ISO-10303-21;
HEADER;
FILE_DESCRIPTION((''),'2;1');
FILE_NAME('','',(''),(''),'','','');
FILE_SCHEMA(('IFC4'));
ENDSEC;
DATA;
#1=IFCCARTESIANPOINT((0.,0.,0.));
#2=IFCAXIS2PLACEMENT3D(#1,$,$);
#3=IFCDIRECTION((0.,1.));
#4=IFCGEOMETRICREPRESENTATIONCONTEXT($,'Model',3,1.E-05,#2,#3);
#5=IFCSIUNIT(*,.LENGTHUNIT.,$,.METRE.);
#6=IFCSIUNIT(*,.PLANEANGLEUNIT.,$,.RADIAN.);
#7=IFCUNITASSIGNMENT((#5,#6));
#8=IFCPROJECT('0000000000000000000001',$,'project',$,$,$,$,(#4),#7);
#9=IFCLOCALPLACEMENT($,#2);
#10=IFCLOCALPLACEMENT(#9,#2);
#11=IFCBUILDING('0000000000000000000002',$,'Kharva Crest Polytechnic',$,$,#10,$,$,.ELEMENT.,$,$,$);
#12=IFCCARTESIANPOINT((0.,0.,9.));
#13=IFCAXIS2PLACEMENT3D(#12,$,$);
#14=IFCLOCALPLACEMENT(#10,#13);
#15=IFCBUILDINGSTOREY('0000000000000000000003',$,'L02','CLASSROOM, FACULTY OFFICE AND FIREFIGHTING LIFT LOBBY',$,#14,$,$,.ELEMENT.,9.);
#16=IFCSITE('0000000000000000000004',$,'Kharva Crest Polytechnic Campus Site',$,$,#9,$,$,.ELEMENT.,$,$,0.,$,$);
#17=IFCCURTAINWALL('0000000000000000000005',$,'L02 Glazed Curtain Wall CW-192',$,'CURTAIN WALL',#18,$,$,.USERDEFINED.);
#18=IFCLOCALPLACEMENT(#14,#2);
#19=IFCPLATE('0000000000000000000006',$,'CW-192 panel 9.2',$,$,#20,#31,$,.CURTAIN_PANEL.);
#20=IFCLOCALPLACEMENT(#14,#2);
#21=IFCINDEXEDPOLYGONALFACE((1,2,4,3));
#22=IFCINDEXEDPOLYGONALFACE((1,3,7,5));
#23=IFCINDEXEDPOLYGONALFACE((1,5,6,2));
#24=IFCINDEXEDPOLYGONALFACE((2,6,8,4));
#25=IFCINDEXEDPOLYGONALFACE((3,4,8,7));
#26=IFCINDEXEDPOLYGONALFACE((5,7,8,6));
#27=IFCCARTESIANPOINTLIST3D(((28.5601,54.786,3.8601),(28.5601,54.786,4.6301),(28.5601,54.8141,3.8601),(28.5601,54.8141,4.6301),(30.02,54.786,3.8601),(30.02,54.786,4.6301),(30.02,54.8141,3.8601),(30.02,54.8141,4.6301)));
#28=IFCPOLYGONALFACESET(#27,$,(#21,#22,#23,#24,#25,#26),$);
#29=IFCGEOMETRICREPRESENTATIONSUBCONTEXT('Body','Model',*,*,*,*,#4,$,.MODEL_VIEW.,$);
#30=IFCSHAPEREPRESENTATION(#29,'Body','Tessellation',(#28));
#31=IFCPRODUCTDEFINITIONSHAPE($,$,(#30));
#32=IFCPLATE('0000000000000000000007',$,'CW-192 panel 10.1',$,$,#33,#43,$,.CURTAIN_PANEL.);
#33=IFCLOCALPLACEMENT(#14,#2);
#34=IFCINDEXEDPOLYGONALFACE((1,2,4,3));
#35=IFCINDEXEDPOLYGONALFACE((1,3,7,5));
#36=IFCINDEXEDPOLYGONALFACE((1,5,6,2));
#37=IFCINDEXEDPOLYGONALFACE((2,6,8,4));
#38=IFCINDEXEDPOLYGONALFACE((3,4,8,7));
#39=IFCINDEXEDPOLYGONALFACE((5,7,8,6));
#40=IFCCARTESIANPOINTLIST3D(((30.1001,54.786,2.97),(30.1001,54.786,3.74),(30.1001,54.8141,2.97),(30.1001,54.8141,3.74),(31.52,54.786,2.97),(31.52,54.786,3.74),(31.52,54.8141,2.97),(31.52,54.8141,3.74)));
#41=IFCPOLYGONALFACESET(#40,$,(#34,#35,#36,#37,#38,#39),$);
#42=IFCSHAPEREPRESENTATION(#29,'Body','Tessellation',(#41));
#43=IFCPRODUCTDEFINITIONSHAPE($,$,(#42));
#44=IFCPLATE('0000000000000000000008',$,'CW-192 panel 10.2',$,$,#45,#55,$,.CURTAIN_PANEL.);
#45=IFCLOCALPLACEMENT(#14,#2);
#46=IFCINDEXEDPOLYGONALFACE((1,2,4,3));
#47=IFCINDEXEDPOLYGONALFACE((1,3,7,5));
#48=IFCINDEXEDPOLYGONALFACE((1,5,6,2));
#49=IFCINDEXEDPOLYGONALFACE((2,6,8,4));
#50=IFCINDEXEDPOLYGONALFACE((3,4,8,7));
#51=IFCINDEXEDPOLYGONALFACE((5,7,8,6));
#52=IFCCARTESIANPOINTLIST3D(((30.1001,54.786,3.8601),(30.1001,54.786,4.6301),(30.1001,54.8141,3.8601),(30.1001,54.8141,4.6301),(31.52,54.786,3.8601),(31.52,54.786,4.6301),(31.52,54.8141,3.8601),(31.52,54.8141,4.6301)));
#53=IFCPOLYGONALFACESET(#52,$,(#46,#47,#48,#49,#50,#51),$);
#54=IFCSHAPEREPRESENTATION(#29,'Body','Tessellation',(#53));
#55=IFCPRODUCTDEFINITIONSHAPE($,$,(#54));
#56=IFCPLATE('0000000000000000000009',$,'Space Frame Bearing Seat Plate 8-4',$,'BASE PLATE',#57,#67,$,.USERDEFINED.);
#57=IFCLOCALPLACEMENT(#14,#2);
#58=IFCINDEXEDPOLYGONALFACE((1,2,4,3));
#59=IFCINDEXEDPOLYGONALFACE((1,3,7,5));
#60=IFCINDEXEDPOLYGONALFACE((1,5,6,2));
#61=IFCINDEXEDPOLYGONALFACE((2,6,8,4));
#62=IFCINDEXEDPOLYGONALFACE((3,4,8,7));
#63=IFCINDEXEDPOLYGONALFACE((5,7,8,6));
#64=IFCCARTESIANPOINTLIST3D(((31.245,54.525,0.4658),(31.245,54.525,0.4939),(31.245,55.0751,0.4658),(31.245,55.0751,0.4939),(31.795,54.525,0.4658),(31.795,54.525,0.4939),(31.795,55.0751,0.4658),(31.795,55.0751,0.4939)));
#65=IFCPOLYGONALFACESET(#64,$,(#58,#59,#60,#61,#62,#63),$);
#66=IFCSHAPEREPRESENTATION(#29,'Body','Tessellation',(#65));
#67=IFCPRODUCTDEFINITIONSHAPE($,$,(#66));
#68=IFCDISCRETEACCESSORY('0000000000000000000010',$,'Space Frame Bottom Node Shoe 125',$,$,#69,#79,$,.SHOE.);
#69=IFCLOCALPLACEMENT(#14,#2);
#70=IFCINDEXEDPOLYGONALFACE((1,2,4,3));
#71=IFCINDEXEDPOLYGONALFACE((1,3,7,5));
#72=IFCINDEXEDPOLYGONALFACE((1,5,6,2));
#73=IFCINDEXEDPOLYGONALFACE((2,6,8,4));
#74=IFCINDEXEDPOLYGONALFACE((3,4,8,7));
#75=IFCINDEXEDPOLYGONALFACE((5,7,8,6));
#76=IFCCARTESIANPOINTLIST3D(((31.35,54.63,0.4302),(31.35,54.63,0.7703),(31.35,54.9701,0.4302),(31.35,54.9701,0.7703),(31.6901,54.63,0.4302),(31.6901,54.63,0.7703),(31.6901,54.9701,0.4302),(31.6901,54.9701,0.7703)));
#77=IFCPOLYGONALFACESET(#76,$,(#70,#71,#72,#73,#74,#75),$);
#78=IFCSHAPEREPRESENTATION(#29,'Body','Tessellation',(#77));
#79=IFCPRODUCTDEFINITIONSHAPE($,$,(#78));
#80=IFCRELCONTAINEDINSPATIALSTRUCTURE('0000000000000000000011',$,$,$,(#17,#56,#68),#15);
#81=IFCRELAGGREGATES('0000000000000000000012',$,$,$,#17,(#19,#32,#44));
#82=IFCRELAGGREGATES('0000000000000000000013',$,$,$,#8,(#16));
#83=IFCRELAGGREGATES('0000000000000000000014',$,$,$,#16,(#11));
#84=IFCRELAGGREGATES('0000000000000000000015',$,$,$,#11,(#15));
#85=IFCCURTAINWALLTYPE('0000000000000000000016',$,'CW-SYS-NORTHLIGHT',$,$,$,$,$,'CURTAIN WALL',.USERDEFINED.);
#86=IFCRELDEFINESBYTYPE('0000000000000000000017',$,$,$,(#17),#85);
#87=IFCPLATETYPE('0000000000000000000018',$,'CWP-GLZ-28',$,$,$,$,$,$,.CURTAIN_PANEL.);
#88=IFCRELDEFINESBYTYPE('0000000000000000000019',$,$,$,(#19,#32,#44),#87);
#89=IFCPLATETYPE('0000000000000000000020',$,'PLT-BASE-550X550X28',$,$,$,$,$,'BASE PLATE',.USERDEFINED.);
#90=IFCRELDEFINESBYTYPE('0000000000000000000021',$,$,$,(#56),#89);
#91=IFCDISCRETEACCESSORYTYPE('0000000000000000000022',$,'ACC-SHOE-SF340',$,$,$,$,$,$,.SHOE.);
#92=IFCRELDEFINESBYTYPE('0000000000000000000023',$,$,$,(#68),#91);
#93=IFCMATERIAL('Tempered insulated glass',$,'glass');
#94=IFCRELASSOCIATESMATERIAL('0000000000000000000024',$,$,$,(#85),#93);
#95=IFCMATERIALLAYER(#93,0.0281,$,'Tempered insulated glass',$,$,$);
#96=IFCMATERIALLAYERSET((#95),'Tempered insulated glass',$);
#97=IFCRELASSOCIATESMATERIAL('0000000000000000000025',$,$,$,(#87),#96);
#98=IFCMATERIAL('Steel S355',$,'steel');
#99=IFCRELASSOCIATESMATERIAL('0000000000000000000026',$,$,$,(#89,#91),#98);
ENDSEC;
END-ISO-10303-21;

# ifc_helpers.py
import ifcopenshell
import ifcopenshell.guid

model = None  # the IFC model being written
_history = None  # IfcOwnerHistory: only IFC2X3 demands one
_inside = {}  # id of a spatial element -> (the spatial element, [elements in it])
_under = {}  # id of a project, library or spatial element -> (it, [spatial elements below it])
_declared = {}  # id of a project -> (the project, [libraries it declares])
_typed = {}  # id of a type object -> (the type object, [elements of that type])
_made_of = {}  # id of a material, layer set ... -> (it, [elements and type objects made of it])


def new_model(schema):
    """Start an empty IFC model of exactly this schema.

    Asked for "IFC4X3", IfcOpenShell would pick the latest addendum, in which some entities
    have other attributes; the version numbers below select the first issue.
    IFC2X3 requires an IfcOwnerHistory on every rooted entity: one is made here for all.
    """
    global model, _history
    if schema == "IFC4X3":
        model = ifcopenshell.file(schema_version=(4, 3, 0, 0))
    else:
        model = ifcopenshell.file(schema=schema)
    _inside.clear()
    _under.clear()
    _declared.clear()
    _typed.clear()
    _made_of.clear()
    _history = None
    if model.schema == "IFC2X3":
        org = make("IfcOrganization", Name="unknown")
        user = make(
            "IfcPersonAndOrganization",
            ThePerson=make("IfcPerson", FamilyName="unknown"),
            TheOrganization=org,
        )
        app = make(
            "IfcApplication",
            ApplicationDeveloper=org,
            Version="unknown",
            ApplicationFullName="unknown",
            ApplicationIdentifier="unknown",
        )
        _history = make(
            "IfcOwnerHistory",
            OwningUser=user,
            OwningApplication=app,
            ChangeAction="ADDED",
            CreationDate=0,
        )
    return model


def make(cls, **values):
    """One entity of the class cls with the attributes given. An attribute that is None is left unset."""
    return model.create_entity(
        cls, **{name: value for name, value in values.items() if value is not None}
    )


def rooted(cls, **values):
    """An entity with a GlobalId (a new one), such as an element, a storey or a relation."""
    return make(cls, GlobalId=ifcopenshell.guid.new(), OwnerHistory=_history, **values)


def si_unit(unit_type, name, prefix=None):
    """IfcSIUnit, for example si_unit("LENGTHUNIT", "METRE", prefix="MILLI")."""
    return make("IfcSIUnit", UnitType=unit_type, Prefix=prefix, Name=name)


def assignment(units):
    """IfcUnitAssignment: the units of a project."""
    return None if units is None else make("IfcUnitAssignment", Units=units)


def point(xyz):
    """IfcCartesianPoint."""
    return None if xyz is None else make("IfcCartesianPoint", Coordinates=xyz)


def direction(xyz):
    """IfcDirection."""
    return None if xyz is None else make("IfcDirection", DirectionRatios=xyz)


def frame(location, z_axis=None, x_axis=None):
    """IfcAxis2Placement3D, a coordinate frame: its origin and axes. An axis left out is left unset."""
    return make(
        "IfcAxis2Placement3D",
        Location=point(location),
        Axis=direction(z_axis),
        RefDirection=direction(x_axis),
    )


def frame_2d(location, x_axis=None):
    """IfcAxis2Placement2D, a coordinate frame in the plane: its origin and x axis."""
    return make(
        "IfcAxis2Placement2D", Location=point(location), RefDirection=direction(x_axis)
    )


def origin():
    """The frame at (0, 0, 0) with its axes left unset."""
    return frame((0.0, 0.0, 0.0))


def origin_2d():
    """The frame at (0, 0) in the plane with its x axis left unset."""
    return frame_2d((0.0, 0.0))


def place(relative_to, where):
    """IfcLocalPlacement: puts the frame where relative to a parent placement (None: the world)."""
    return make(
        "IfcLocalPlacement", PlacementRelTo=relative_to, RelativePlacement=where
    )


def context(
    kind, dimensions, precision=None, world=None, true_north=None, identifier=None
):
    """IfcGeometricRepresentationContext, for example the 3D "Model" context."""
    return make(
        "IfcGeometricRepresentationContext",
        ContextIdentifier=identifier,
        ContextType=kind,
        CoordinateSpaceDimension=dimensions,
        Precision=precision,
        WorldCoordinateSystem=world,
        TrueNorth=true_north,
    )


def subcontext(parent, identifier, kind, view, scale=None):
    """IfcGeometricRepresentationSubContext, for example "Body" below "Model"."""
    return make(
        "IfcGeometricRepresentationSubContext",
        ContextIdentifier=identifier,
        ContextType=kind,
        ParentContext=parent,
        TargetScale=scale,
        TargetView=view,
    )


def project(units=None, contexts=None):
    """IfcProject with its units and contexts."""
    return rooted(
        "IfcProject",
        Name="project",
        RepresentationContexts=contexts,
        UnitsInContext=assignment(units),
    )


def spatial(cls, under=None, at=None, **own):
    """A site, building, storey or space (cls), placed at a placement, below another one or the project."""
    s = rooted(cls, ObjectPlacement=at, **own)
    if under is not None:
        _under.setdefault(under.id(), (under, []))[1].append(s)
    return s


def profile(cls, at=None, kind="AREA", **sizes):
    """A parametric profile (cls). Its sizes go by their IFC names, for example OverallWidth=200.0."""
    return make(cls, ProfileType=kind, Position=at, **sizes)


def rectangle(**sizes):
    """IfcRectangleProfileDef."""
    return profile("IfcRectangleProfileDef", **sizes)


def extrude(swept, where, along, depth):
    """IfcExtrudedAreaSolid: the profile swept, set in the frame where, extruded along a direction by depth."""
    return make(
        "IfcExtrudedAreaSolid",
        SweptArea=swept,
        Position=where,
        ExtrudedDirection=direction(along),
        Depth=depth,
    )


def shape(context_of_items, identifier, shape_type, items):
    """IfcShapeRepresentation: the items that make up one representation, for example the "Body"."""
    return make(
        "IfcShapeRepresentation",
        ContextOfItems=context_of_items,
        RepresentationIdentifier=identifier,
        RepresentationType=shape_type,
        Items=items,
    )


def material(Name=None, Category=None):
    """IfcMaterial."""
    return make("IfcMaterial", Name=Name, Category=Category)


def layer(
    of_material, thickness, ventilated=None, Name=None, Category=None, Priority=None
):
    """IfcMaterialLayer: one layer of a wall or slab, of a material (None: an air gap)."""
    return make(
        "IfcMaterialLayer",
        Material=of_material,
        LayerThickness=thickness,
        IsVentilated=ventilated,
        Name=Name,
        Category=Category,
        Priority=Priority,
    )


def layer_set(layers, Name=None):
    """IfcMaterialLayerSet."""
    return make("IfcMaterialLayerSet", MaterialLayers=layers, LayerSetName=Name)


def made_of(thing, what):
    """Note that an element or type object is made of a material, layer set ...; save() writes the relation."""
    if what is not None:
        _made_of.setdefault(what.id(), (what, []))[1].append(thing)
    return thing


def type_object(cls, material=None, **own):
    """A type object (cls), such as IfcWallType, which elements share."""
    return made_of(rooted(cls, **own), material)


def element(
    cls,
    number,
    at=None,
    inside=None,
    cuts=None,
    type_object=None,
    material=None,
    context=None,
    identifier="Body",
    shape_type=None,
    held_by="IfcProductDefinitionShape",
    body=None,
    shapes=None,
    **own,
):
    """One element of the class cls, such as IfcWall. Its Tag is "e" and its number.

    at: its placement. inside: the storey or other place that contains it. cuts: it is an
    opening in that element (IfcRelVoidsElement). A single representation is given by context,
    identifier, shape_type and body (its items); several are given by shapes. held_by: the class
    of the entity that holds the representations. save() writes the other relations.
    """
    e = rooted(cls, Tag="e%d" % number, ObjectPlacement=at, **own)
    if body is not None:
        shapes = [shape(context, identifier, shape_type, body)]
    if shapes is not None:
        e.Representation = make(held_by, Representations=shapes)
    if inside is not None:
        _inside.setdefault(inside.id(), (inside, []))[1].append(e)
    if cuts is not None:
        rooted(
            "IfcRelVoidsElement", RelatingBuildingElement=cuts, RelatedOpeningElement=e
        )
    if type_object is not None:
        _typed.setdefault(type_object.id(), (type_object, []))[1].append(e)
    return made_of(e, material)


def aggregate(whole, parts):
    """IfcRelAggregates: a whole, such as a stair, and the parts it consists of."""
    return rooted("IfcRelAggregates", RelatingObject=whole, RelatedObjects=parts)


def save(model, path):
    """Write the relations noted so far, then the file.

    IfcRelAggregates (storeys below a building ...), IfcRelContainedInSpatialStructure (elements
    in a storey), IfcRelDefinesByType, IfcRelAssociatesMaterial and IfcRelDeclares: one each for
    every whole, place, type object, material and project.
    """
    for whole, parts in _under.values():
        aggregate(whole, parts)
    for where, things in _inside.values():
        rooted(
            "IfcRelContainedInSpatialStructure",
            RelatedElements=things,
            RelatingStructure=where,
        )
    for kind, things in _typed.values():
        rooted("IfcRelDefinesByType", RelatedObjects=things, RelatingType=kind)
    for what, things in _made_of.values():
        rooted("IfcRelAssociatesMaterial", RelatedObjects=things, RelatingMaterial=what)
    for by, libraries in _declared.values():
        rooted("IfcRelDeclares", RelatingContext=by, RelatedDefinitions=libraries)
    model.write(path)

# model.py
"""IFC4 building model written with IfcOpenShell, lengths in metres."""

from ifc_helpers import new_model, si_unit, direction, frame, origin, origin_2d, place, context, subcontext, project, spatial, rectangle, extrude, material, layer, layer_set, type_object, element, aggregate, save


model = new_model("IFC4")

# Units and contexts
model_context = context("Model", 3, precision=1e-05, world=origin(), true_north=direction((0.0, 1.0)))
body_context = subcontext(model_context, "Body", "Model", "MODEL_VIEW")
ifc_project = project(units=[si_unit("LENGTHUNIT", "METRE"), si_unit("PLANEANGLEUNIT", "RADIAN")], contexts=[model_context])

# Site, building, storey
site_placement = place(None, origin())
site = spatial("IfcSite", under=ifc_project, at=site_placement, Name="Kharva Crest Polytechnic Campus Site", CompositionType="ELEMENT", RefElevation=0.0)
building_placement = place(site_placement, origin())
building = spatial("IfcBuilding", under=site, at=building_placement, Name="Kharva Crest Polytechnic", CompositionType="ELEMENT")
storey_placement = place(building_placement, frame((0.0, 0.0, 9.0)))
storey = spatial("IfcBuildingStorey", under=building, at=storey_placement, Name="L02", Description="CLASSROOM, FACULTY OFFICE AND FIREFIGHTING LIFT LOBBY", CompositionType="ELEMENT", Elevation=9.0)

# Curtain wall
ifc_material_1 = material(Name="Tempered insulated glass", Category="glass")
curtain_wall_type = type_object("IfcCurtainWallType", Name="CW-SYS-NORTHLIGHT", ElementType="CURTAIN WALL", PredefinedType="USERDEFINED", material=ifc_material_1)
curtain_wall_placement = place(storey_placement, origin())
curtain_wall = element("IfcCurtainWall", 1, at=curtain_wall_placement, inside=storey, type_object=curtain_wall_type, Name="L02 Glazed Curtain Wall CW-192", ObjectType="CURTAIN WALL", PredefinedType="USERDEFINED")
ifc_material_2 = material(Name="Steel S355", Category="steel")

# Plates
ifc_layer = layer(ifc_material_1, 0.0281, Name="Tempered insulated glass")
ifc_layer_set = layer_set([ifc_layer], Name="Tempered insulated glass")
plate_type_1 = type_object("IfcPlateType", Name="CWP-GLZ-28", PredefinedType="CURTAIN_PANEL", material=ifc_layer_set)
plate_1_placement = place(storey_placement, frame((29.29, 54.8, 3.8601), z_axis=(0.0, 0.0, 1.0), x_axis=(1.0, 0.0, 0.0)))
plate_1 = element("IfcPlate", 2, at=plate_1_placement, type_object=plate_type_1, Name="CW-192 panel 9.2", PredefinedType="CURTAIN_PANEL", context=body_context, shape_type="SweptSolid", body=[
    extrude(rectangle(XDim=1.46, YDim=0.0281, at=origin_2d()), origin(), (0.0, 0.0, 1.0), 0.77),
])
plate_2_placement = place(storey_placement, frame((30.8101, 54.8, 2.97), z_axis=(0.0, 0.0, 1.0), x_axis=(1.0, 0.0, 0.0)))
plate_2 = element("IfcPlate", 3, at=plate_2_placement, type_object=plate_type_1, Name="CW-192 panel 10.1", PredefinedType="CURTAIN_PANEL", context=body_context, shape_type="SweptSolid", body=[
    extrude(rectangle(XDim=1.4199, YDim=0.0281, at=origin_2d()), origin(), (0.0, 0.0, 1.0), 0.77),
])
plate_3_placement = place(storey_placement, frame((30.8101, 54.8, 3.8601), z_axis=(0.0, 0.0, 1.0), x_axis=(1.0, 0.0, 0.0)))
plate_3 = element("IfcPlate", 4, at=plate_3_placement, type_object=plate_type_1, Name="CW-192 panel 10.2", PredefinedType="CURTAIN_PANEL", context=body_context, shape_type="SweptSolid", body=[
    extrude(rectangle(XDim=1.4199, YDim=0.0281, at=origin_2d()), origin(), (0.0, 0.0, 1.0), 0.77),
])
aggregate(curtain_wall, [plate_1, plate_2, plate_3])
plate_type_2 = type_object("IfcPlateType", Name="PLT-BASE-550X550X28", ElementType="BASE PLATE", PredefinedType="USERDEFINED", material=ifc_material_2)
plate_4_placement = place(storey_placement, frame((31.52, 54.8, 0.4658), z_axis=(0.0, 0.0, 1.0), x_axis=(1.0, 0.0, 0.0)))
element("IfcPlate", 5, at=plate_4_placement, inside=storey, type_object=plate_type_2, Name="Space Frame Bearing Seat Plate 8-4", ObjectType="BASE PLATE", PredefinedType="USERDEFINED", context=body_context, shape_type="SweptSolid", body=[
    extrude(rectangle(XDim=0.55, YDim=0.55, at=origin_2d()), origin(), (0.0, 0.0, 1.0), 0.0281),
])

# Discrete accessory
discrete_accessory_type = type_object("IfcDiscreteAccessoryType", Name="ACC-SHOE-SF340", PredefinedType="SHOE", material=ifc_material_2)
discrete_accessory_placement = place(storey_placement, frame((31.52, 54.8, 0.4302), z_axis=(0.0, 0.0, 1.0), x_axis=(1.0, 0.0, 0.0)))
element("IfcDiscreteAccessory", 6, at=discrete_accessory_placement, inside=storey, type_object=discrete_accessory_type, Name="Space Frame Bottom Node Shoe 125", PredefinedType="SHOE", context=body_context, shape_type="SweptSolid", body=[
    extrude(rectangle(XDim=0.3401, YDim=0.3401, at=origin_2d()), origin(), (0.0, 0.0, 1.0), 0.3401),
])

save(model, "model.ifc")
